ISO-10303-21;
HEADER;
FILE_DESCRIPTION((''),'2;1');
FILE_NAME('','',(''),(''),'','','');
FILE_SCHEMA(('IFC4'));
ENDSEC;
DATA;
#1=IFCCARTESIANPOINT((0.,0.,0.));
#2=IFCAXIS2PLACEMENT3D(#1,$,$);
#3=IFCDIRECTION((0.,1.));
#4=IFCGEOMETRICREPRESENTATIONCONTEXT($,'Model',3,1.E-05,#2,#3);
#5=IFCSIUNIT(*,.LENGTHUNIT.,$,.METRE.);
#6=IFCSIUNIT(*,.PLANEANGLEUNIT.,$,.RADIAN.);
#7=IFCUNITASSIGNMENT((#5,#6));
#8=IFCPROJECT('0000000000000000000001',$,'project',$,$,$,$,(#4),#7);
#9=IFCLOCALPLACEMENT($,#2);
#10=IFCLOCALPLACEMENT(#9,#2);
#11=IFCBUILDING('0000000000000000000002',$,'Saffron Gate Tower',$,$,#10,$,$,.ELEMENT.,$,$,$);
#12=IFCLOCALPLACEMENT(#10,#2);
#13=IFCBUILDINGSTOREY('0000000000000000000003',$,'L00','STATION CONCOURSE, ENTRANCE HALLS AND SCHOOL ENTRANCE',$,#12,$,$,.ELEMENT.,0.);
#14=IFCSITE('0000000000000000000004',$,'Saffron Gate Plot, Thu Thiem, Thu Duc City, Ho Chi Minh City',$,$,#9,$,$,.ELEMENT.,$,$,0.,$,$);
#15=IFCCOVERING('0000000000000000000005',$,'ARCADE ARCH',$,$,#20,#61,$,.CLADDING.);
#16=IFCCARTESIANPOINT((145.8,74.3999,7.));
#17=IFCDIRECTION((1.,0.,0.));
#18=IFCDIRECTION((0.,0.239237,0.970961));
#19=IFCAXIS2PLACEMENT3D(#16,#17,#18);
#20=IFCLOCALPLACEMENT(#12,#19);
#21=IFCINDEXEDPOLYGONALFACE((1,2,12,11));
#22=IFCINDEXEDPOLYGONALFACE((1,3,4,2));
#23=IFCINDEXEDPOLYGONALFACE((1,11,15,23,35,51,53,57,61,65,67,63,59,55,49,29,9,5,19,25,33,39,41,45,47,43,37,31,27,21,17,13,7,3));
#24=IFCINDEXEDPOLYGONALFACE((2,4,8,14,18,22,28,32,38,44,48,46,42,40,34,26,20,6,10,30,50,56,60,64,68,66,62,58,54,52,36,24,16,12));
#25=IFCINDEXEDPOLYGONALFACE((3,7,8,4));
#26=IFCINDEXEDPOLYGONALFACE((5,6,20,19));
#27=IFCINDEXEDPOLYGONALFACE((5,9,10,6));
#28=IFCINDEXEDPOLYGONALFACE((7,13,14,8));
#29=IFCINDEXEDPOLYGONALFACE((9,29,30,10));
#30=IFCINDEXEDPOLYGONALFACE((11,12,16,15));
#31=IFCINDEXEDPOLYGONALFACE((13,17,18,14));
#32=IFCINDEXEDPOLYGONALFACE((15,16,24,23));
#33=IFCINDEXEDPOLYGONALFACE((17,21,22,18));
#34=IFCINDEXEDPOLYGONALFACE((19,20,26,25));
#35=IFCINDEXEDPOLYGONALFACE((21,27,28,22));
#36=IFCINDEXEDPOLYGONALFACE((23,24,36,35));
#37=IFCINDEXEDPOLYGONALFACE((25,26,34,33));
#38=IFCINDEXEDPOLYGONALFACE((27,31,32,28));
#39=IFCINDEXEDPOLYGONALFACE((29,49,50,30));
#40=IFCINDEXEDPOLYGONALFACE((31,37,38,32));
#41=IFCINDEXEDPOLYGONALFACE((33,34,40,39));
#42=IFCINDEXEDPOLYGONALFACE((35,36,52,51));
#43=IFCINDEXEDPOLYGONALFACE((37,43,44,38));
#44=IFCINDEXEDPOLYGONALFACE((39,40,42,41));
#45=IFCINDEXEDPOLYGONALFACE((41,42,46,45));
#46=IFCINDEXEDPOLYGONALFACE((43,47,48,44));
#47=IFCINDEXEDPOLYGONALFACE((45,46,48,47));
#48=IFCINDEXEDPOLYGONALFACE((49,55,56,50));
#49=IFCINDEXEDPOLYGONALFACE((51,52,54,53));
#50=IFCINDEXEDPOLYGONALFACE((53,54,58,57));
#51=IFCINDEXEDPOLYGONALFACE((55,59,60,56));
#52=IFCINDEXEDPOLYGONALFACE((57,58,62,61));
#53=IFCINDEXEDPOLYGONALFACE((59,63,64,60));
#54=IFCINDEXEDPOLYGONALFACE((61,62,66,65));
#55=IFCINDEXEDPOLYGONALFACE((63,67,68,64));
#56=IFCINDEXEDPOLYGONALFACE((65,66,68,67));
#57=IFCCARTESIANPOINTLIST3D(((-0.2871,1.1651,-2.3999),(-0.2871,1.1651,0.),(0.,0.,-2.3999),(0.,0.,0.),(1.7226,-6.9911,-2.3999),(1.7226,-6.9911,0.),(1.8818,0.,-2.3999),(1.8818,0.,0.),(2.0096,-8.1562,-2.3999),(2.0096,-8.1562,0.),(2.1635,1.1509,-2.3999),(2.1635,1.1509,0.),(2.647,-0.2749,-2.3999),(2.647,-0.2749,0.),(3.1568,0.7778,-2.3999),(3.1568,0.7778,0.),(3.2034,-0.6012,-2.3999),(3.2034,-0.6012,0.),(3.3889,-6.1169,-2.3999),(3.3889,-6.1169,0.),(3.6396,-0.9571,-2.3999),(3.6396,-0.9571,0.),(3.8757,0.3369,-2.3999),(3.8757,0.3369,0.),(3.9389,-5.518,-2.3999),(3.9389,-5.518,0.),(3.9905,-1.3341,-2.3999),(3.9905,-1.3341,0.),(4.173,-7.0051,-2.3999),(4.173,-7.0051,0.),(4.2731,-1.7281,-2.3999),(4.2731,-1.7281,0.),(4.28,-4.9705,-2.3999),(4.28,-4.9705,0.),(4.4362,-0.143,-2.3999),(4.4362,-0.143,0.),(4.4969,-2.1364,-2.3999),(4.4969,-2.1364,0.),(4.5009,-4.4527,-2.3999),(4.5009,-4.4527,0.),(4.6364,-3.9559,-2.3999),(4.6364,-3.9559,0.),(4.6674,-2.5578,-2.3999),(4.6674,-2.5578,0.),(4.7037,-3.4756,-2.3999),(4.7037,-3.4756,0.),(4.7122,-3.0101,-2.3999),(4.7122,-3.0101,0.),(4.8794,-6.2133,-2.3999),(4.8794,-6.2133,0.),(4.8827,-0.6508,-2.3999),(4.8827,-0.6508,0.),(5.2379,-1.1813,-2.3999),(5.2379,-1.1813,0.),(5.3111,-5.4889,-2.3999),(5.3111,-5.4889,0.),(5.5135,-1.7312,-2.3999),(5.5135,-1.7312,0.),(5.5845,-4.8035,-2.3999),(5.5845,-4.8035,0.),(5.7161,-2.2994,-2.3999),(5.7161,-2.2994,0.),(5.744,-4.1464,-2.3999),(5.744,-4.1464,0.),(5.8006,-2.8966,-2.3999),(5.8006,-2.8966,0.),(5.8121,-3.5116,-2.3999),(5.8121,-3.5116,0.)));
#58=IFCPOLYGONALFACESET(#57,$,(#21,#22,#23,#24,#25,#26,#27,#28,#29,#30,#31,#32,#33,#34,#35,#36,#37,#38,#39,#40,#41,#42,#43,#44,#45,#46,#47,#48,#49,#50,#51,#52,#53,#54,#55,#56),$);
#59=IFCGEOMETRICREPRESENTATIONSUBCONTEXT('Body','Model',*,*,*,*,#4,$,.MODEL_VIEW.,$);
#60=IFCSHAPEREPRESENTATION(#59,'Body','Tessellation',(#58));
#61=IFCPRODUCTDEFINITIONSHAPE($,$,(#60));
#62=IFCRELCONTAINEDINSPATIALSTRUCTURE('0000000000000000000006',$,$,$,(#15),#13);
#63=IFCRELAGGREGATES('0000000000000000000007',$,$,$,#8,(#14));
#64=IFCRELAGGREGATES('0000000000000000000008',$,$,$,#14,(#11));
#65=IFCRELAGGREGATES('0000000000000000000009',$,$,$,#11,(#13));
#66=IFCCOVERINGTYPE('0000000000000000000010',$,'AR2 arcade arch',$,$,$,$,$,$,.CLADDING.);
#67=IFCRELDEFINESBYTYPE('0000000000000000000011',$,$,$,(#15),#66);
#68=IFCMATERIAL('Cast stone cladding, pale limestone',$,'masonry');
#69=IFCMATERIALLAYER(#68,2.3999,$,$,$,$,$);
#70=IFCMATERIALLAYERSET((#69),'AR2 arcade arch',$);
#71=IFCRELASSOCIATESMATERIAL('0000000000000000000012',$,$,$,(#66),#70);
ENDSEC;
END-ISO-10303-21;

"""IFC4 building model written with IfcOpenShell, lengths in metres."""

from ifc_helpers import new_model, si_unit, direction, frame, origin, place, context, subcontext, project, spatial, polyline, outline, extrude, material, layer, layer_set, type_object, element, save


model = new_model("IFC4")

# Units and contexts
model_context = context("Model", 3, precision=1e-05, world=origin(), true_north=direction((0.0, 1.0)))
body_context = subcontext(model_context, "Body", "Model", "MODEL_VIEW")
ifc_project = project(units=[si_unit("LENGTHUNIT", "METRE"), si_unit("PLANEANGLEUNIT", "RADIAN")], contexts=[model_context])

# Site, building, storey
site_placement = place(None, origin())
site = spatial("IfcSite", under=ifc_project, at=site_placement, Name="Saffron Gate Plot, Thu Thiem, Thu Duc City, Ho Chi Minh City", CompositionType="ELEMENT", RefElevation=0.0)
building_placement = place(site_placement, origin())
building = spatial("IfcBuilding", under=site, at=building_placement, Name="Saffron Gate Tower", CompositionType="ELEMENT")
storey_placement = place(building_placement, origin())
storey = spatial("IfcBuildingStorey", under=building, at=storey_placement, Name="L00", Description="STATION CONCOURSE, ENTRANCE HALLS AND SCHOOL ENTRANCE", CompositionType="ELEMENT", Elevation=0.0)

# Covering
ifc_material_1 = material(Name="Cast stone cladding, pale limestone", Category="masonry")
ifc_layer_1 = layer(ifc_material_1, 2.3999)
ifc_layer_set_1 = layer_set([ifc_layer_1], Name="AR2 arcade arch")
covering_type = type_object("IfcCoveringType", Name="AR2 arcade arch", PredefinedType="CLADDING", material=ifc_layer_set_1)
covering_placement = place(storey_placement, frame((145.8, 74.3999, 7.0), z_axis=(1.0, 0.0, 0.0), x_axis=(0.0, 0.239237, 0.970961)))
element("IfcCovering", 1, at=covering_placement, inside=storey, type_object=covering_type, Name="ARCADE ARCH", PredefinedType="CLADDING", context=body_context, shape_type="SweptSolid", body=[
    extrude(outline(polyline([(0.0, 0.0), (1.8818, 0.0), (2.647, -0.2749), (3.2034, -0.6012), (3.6396, -0.9571), (3.9905, -1.3341), (4.2731, -1.7281), (4.4969, -2.1364), (4.6674, -2.5578), (4.7122, -3.0101), (4.7037, -3.4756), (4.6364, -3.9559), (4.5009, -4.4527), (4.28, -4.9705), (3.9389, -5.518), (3.3889, -6.1169), (1.7226, -6.9911), (2.0096, -8.1562), (4.173, -7.0051), (4.8794, -6.2133), (5.3111, -5.4889), (5.5845, -4.8035), (5.744, -4.1464), (5.8121, -3.5116), (5.8006, -2.8966), (5.7161, -2.2994), (5.5135, -1.7312), (5.2379, -1.1813), (4.8827, -0.6508), (4.4362, -0.143), (3.8757, 0.3369), (3.1568, 0.7778), (2.1635, 1.1509), (-0.2871, 1.1651), (0.0, 0.0)])), origin(), (0.0, 0.0, -1.0), 2.3999),
])

save(model, "model.ifc")
